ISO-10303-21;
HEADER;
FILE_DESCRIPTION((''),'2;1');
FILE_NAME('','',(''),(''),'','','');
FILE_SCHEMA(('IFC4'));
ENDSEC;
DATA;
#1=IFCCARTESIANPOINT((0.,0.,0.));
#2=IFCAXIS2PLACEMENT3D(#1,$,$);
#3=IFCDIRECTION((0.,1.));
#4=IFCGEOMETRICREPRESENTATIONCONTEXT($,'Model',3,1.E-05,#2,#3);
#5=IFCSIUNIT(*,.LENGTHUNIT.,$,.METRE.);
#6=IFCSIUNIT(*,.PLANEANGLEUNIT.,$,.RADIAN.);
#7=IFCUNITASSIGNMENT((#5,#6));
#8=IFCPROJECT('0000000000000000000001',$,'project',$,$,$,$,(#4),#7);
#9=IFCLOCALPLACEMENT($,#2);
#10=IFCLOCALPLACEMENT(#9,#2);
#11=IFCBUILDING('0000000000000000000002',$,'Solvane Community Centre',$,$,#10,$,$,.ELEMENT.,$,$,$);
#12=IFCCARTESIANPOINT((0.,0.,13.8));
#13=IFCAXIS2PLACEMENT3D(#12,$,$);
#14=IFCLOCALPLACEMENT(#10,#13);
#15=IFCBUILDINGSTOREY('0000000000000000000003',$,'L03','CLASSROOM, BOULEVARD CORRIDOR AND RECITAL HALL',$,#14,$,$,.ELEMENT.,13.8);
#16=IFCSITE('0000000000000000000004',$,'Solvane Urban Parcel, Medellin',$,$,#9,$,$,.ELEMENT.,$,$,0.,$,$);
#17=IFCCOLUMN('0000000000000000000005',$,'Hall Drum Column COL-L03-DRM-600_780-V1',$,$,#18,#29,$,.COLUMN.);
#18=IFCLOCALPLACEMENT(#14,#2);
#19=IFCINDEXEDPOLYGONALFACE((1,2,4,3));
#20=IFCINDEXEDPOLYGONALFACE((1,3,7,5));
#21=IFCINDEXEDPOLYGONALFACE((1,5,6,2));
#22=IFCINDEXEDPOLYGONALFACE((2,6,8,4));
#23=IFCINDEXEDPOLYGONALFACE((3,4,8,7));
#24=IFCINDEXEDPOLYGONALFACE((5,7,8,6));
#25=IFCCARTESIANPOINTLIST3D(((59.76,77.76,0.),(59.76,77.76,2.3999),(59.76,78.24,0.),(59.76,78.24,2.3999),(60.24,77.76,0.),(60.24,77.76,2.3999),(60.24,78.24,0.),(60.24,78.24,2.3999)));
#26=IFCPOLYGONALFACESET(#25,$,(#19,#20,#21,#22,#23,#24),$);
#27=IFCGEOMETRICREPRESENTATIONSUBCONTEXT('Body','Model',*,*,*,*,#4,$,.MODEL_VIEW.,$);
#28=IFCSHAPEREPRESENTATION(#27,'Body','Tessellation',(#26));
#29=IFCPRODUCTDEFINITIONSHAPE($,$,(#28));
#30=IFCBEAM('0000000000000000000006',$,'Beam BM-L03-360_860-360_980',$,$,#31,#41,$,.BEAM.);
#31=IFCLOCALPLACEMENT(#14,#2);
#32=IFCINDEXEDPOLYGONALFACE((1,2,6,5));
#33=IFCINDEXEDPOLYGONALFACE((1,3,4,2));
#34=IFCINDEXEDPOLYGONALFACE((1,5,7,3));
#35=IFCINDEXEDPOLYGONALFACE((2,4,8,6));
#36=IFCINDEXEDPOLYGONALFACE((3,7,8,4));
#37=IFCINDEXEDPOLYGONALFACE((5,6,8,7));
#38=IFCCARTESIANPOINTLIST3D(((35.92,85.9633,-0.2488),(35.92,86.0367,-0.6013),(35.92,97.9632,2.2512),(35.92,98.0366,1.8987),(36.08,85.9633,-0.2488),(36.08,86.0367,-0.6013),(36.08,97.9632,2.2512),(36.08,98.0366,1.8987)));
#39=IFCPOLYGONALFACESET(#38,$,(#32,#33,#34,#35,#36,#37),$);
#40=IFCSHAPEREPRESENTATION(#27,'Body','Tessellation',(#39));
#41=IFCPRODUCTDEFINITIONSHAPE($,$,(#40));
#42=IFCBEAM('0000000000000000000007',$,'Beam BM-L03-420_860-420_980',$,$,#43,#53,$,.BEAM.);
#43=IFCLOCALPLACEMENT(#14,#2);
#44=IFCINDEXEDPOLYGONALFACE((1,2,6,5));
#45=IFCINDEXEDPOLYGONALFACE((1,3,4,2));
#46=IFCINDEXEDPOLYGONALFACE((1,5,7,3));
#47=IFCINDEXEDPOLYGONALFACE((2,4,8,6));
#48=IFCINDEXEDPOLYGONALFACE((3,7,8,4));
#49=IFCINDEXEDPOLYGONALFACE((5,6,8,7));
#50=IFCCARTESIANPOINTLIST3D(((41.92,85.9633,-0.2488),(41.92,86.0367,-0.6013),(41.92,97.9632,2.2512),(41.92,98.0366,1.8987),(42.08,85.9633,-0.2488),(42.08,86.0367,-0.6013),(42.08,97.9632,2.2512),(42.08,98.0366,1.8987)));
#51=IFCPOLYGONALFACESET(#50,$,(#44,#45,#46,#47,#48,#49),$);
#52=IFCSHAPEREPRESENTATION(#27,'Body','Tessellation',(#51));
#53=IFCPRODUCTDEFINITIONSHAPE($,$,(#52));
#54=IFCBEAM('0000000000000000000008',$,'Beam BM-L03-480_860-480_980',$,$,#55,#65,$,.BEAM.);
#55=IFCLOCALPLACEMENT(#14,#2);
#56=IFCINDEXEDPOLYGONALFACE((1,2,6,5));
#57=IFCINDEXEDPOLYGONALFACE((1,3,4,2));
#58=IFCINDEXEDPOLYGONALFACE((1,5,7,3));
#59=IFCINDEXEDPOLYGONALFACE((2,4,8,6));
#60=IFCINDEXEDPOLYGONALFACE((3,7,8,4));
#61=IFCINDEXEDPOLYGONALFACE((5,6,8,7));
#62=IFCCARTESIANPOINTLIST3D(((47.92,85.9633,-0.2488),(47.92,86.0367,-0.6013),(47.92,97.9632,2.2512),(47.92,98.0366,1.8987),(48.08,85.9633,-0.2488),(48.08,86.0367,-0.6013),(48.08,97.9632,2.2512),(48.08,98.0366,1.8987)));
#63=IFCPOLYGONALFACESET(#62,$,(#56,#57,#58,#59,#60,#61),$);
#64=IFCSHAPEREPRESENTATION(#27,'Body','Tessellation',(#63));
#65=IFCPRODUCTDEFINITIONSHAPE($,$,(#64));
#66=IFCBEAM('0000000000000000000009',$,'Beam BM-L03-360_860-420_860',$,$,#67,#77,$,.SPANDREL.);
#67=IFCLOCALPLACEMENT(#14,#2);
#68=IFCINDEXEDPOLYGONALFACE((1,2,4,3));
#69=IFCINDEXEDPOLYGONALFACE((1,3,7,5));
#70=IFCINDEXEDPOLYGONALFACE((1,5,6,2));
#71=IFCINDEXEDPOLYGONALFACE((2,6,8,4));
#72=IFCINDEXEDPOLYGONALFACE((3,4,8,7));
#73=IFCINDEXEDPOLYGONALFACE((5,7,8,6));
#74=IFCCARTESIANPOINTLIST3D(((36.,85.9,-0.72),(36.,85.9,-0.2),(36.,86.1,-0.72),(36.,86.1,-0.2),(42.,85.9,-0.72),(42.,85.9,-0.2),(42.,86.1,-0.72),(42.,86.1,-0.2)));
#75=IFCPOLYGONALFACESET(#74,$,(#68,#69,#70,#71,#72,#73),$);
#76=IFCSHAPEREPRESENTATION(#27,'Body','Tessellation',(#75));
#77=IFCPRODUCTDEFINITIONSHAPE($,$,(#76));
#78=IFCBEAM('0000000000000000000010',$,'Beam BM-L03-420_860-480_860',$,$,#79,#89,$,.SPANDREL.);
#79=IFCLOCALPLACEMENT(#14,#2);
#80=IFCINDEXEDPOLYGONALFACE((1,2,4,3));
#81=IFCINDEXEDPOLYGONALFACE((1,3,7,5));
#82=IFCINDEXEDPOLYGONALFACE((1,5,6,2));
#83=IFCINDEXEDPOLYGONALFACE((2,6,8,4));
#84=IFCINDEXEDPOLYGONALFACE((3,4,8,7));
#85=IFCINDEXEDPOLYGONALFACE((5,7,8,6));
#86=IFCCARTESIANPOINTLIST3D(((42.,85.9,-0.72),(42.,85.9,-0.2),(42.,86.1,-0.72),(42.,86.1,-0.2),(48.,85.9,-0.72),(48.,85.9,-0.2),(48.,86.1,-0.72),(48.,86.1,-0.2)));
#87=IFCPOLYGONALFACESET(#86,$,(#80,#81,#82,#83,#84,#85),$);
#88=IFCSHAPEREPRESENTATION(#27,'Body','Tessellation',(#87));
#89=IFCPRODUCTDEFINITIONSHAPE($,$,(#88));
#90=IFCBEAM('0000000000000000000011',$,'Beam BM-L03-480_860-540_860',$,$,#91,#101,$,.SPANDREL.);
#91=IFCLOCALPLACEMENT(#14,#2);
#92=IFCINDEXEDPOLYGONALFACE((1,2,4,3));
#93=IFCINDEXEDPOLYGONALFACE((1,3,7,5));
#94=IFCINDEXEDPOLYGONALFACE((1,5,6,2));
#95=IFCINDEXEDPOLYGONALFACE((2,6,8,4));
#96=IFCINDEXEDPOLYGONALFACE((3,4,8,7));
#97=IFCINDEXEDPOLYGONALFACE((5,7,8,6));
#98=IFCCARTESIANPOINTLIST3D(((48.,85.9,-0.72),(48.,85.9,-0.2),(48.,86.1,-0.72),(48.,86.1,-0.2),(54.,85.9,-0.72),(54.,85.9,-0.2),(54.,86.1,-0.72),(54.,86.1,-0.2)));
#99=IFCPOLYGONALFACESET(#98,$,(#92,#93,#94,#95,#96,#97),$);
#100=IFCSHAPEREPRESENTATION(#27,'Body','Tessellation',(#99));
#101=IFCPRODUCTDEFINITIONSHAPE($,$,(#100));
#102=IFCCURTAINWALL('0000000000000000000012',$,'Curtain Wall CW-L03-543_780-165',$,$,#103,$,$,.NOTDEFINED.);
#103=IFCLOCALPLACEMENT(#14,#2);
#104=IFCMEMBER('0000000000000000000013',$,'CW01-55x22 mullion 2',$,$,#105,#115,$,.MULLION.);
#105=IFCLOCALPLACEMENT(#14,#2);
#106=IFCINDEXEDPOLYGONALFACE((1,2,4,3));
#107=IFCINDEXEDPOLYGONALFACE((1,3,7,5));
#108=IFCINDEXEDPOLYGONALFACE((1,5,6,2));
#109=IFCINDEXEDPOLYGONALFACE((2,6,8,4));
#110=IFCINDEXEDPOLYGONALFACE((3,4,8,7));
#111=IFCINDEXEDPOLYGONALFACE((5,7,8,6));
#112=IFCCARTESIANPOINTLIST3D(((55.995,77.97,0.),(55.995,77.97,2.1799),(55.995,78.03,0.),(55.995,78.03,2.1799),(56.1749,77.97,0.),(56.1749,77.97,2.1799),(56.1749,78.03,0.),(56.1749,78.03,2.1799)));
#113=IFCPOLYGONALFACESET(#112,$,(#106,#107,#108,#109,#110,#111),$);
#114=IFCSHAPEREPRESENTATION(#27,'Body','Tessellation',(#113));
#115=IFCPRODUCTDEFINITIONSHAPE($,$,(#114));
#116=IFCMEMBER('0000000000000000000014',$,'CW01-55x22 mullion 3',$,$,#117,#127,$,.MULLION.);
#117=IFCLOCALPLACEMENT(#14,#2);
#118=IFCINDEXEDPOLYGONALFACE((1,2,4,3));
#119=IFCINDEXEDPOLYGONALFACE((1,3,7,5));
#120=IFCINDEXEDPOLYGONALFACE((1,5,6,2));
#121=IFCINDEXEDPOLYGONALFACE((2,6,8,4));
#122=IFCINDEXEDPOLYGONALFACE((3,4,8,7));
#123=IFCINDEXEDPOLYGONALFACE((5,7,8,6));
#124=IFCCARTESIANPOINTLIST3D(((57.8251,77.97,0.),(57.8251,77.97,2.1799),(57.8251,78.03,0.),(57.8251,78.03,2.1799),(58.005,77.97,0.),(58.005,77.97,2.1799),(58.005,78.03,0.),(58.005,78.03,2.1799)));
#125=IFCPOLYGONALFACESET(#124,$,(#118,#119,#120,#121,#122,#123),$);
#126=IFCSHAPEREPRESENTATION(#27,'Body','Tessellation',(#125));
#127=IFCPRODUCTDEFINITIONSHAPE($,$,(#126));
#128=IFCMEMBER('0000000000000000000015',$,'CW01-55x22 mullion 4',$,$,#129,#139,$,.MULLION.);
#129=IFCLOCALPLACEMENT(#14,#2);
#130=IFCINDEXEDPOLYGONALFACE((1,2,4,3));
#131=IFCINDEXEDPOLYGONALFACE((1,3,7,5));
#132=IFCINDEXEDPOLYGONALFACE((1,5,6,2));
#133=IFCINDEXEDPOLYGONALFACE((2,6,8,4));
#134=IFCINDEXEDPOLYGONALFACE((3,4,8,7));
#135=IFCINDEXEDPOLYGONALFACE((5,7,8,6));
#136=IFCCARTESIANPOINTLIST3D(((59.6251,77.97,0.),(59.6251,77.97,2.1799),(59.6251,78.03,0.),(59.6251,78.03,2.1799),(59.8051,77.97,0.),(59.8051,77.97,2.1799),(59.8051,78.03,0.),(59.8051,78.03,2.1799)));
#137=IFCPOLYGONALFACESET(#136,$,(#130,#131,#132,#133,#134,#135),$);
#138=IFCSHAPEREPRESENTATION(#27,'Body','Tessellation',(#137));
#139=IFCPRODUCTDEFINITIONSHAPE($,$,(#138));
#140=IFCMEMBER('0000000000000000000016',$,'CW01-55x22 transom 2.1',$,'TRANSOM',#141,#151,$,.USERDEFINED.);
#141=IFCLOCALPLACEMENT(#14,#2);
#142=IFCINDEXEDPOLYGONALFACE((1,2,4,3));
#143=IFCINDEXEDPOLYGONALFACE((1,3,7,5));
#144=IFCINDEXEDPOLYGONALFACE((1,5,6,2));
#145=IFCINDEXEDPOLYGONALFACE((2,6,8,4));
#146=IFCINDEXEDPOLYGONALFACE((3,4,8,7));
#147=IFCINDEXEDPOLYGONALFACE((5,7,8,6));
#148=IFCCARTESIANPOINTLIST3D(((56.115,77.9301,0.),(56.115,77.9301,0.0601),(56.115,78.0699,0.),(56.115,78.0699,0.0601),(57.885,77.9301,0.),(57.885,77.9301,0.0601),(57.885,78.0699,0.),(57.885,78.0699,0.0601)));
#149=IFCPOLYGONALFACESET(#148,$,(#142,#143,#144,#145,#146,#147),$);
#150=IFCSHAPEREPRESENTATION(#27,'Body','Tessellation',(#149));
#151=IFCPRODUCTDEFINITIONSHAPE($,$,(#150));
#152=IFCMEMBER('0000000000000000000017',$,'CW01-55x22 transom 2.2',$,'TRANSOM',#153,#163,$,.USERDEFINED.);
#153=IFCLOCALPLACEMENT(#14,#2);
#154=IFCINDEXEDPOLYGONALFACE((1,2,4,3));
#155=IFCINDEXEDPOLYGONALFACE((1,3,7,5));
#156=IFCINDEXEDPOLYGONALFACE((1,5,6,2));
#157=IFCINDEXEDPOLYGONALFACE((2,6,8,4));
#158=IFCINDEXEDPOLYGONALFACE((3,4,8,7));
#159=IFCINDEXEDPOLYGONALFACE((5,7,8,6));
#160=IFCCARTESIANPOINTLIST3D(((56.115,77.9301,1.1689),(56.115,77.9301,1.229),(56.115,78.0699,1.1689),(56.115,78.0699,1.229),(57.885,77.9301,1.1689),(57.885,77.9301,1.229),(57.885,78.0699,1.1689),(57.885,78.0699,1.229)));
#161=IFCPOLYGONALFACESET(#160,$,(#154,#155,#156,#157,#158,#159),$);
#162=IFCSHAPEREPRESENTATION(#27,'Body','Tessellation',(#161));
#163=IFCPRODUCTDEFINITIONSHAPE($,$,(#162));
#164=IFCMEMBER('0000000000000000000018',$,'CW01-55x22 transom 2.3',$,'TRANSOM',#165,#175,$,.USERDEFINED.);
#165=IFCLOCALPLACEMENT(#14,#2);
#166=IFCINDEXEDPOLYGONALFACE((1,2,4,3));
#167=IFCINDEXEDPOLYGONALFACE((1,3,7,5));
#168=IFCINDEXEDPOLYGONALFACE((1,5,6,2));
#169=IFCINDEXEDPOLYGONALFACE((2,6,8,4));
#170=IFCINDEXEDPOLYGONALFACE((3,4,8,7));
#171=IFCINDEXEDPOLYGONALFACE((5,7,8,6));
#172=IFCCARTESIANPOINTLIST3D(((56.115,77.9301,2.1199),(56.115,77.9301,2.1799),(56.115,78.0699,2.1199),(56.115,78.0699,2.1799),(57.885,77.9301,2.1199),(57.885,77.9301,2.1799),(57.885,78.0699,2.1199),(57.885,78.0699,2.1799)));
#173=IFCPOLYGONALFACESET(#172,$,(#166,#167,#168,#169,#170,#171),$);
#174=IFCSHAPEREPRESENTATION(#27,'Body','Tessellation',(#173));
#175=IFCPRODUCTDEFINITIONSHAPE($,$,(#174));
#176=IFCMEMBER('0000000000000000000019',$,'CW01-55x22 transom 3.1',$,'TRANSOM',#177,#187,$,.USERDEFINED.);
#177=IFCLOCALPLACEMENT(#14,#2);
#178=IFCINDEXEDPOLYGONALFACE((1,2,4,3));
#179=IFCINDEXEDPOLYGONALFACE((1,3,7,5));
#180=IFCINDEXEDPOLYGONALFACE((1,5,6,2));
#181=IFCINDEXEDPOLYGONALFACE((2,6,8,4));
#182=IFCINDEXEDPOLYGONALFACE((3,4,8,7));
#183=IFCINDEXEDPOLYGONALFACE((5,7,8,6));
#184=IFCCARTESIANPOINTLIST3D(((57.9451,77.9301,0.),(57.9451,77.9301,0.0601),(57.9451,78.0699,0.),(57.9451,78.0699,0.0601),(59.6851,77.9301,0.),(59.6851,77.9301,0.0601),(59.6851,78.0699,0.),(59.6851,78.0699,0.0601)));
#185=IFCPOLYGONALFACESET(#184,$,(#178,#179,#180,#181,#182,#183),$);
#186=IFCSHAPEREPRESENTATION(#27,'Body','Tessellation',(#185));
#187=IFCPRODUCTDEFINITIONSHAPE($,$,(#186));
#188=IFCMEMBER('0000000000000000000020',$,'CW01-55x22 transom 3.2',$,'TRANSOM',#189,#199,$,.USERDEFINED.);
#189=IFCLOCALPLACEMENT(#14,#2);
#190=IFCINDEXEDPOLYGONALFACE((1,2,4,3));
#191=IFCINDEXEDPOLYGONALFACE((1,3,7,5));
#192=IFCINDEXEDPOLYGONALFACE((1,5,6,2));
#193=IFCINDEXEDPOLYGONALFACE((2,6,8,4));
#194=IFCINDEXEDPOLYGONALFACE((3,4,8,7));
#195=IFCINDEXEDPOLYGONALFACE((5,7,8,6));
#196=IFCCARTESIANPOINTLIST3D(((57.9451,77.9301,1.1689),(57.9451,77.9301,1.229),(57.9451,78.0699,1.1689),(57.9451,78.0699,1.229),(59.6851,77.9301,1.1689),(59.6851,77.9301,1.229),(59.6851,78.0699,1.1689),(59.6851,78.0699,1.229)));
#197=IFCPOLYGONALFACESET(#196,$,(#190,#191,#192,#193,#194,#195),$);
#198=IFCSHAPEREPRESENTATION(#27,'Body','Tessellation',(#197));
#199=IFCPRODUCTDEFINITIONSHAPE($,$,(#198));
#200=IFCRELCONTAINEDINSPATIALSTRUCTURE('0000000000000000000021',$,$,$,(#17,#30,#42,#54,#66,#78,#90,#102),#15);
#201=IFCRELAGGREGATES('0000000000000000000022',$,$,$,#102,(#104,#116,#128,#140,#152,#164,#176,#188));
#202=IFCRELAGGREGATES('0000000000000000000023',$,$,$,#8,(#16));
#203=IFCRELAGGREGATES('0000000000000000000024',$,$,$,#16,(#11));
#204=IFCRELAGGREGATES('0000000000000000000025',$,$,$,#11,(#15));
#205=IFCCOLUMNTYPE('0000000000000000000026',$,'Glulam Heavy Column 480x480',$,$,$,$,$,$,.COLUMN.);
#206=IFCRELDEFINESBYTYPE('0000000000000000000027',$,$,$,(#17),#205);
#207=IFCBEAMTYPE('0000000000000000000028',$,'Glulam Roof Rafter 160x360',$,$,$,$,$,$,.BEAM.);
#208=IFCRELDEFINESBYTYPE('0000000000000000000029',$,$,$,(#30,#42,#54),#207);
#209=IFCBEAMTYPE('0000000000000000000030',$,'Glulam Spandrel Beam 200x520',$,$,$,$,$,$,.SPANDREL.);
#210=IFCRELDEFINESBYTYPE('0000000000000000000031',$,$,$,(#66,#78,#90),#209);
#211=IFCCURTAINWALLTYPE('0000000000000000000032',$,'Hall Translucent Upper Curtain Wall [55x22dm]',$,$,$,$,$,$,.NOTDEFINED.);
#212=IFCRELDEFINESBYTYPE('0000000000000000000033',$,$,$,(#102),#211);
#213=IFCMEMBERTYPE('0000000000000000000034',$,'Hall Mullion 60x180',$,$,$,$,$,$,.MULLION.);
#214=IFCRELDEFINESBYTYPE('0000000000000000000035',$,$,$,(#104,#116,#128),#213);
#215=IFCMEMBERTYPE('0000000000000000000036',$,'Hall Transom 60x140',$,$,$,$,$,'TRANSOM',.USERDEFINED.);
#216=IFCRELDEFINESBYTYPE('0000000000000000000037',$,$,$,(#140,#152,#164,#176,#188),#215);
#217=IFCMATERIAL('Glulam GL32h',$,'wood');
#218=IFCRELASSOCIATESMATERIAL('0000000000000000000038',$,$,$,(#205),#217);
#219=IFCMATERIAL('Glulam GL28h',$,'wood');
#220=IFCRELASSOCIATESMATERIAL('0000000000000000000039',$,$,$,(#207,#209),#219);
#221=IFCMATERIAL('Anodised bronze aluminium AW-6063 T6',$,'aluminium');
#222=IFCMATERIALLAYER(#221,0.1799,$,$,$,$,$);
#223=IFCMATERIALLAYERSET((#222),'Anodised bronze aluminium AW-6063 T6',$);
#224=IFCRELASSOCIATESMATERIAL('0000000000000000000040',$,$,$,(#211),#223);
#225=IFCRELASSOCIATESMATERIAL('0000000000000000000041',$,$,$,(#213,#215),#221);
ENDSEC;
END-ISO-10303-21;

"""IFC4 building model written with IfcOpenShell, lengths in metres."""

from ifc_helpers import new_model, si_unit, direction, frame, origin, origin_2d, place, context, subcontext, project, spatial, rectangle, extrude, material, layer, layer_set, material_profile, profile_set, type_object, element, aggregate, save


model = new_model("IFC4")

# Units and contexts
model_context = context("Model", 3, precision=1e-05, world=origin(), true_north=direction((0.0, 1.0)))
body_context = subcontext(model_context, "Body", "Model", "MODEL_VIEW")
ifc_project = project(units=[si_unit("LENGTHUNIT", "METRE"), si_unit("PLANEANGLEUNIT", "RADIAN")], contexts=[model_context])

# Site, building, storey
site_placement = place(None, origin())
site = spatial("IfcSite", under=ifc_project, at=site_placement, Name="Solvane Urban Parcel, Medellin", CompositionType="ELEMENT", RefElevation=0.0)
building_placement = place(site_placement, origin())
building = spatial("IfcBuilding", under=site, at=building_placement, Name="Solvane Community Centre", CompositionType="ELEMENT")
storey_placement = place(building_placement, frame((0.0, 0.0, 13.8)))
storey = spatial("IfcBuildingStorey", under=building, at=storey_placement, Name="L03", Description="CLASSROOM, BOULEVARD CORRIDOR AND RECITAL HALL", CompositionType="ELEMENT", Elevation=13.8)

# Column
ifc_material_1 = material(Name="Glulam GL32h", Category="wood")
ifc_material_profile_1 = material_profile(ifc_material_1, rectangle(XDim=0.48, YDim=0.48, at=origin_2d()), Name="GL32h 480x480")
ifc_profile_set_1 = profile_set([ifc_material_profile_1], Name="Glulam GL32h")
column_type = type_object("IfcColumnType", Name="Glulam Heavy Column 480x480", PredefinedType="COLUMN", material=ifc_profile_set_1)
column_placement = place(storey_placement, frame((60.0, 78.0, 0.0), z_axis=(0.0, 0.0, 1.0), x_axis=(1.0, 0.0, 0.0)))
element("IfcColumn", 1, at=column_placement, inside=storey, type_object=column_type, Name="Hall Drum Column COL-L03-DRM-600_780-V1", PredefinedType="COLUMN", context=body_context, shape_type="SweptSolid", body=[
    extrude(rectangle(XDim=0.48, YDim=0.48, at=origin_2d()), origin(), (0.0, 0.0, 1.0), 2.3999),
])

# Beams
ifc_material_2 = material(Name="Glulam GL28h", Category="wood")
ifc_material_profile_2 = material_profile(ifc_material_2, rectangle(XDim=0.1599, YDim=0.3601, at=origin_2d()), Name="GL28h 160x360")
ifc_profile_set_2 = profile_set([ifc_material_profile_2], Name="Glulam GL28h")
beam_type_1 = type_object("IfcBeamType", Name="Glulam Roof Rafter 160x360", PredefinedType="BEAM", material=ifc_profile_set_2)
for number, where, z_axis, x_axis, name in (
    (2, (36.0, 86.0, -0.425), (0.0, 0.97898, 0.203954), (-1.0, 0.0, 0.0), "Beam BM-L03-360_860-360_980"),
    (3, (42.0, 86.0, -0.425), (0.0, 0.97898, 0.203954), (-1.0, 0.0, 0.0), "Beam BM-L03-420_860-420_980"),
    (4, (48.0, 86.0, -0.425), (0.0, 0.97898, 0.203954), (-1.0, 0.0, 0.0), "Beam BM-L03-480_860-480_980"),
):
    element("IfcBeam", number, at=place(storey_placement, frame(where, z_axis=z_axis, x_axis=x_axis)), inside=storey, type_object=beam_type_1, Name=name, PredefinedType="BEAM", context=body_context, shape_type="SweptSolid", body=[
        extrude(rectangle(XDim=0.1599, YDim=0.3601, at=origin_2d()), origin(), (0.0, 0.0, 1.0), 12.2576),
    ])
ifc_material_profile_3 = material_profile(ifc_material_2, rectangle(XDim=0.2, YDim=0.52, at=origin_2d()), Name="GL28h 200x520")
ifc_profile_set_3 = profile_set([ifc_material_profile_3], Name="Glulam GL28h")
beam_type_2 = type_object("IfcBeamType", Name="Glulam Spandrel Beam 200x520", PredefinedType="SPANDREL", material=ifc_profile_set_3)
for number, where, z_axis, x_axis, name in (
    (5, (36.0, 86.0, -0.46), (1.0, 0.0, 0.0), (0.0, 1.0, 0.0), "Beam BM-L03-360_860-420_860"),
    (6, (42.0, 86.0, -0.46), (1.0, 0.0, 0.0), (0.0, 1.0, 0.0), "Beam BM-L03-420_860-480_860"),
    (7, (48.0, 86.0, -0.46), (1.0, 0.0, 0.0), (0.0, 1.0, 0.0), "Beam BM-L03-480_860-540_860"),
):
    element("IfcBeam", number, at=place(storey_placement, frame(where, z_axis=z_axis, x_axis=x_axis)), inside=storey, type_object=beam_type_2, Name=name, PredefinedType="SPANDREL", context=body_context, shape_type="SweptSolid", body=[
        extrude(rectangle(XDim=0.2, YDim=0.52, at=origin_2d()), origin(), (0.0, 0.0, 1.0), 6.0),
    ])

# Curtain wall, members
ifc_material_3 = material(Name="Anodised bronze aluminium AW-6063 T6", Category="aluminium")
ifc_layer_1 = layer(ifc_material_3, 0.1799)
ifc_layer_set_1 = layer_set([ifc_layer_1], Name="Anodised bronze aluminium AW-6063 T6")
curtain_wall_type = type_object("IfcCurtainWallType", Name="Hall Translucent Upper Curtain Wall [55x22dm]", PredefinedType="NOTDEFINED", material=ifc_layer_set_1)
curtain_wall_placement = place(storey_placement, origin())
curtain_wall = element("IfcCurtainWall", 8, at=curtain_wall_placement, inside=storey, type_object=curtain_wall_type, Name="Curtain Wall CW-L03-543_780-165", PredefinedType="NOTDEFINED")
ifc_material_profile_4 = material_profile(ifc_material_3, rectangle(XDim=0.0601, YDim=0.1799, at=origin_2d()), Name="CW-M 60x180")
ifc_profile_set_4 = profile_set([ifc_material_profile_4], Name="Anodised bronze aluminium AW-6063 T6")
member_type_1 = type_object("IfcMemberType", Name="Hall Mullion 60x180", PredefinedType="MULLION", material=ifc_profile_set_4)
member_1_placement = place(storey_placement, frame((56.085, 78.0, 0.0), z_axis=(0.0, 0.0, 1.0), x_axis=(0.0, 1.0, 0.0)))
member_1 = element("IfcMember", 9, at=member_1_placement, type_object=member_type_1, Name="CW01-55x22 mullion 2", PredefinedType="MULLION", context=body_context, shape_type="SweptSolid", body=[
    extrude(rectangle(XDim=0.0601, YDim=0.1799, at=origin_2d()), origin(), (0.0, 0.0, 1.0), 2.1799),
])
member_2_placement = place(storey_placement, frame((57.915, 78.0, 0.0), z_axis=(0.0, 0.0, 1.0), x_axis=(0.0, 1.0, 0.0)))
member_2 = element("IfcMember", 10, at=member_2_placement, type_object=member_type_1, Name="CW01-55x22 mullion 3", PredefinedType="MULLION", context=body_context, shape_type="SweptSolid", body=[
    extrude(rectangle(XDim=0.0601, YDim=0.1799, at=origin_2d()), origin(), (0.0, 0.0, 1.0), 2.1799),
])
member_3_placement = place(storey_placement, frame((59.7151, 78.0, 0.0), z_axis=(0.0, 0.0, 1.0), x_axis=(0.0, 1.0, 0.0)))
member_3 = element("IfcMember", 11, at=member_3_placement, type_object=member_type_1, Name="CW01-55x22 mullion 4", PredefinedType="MULLION", context=body_context, shape_type="SweptSolid", body=[
    extrude(rectangle(XDim=0.0601, YDim=0.1799, at=origin_2d()), origin(), (0.0, 0.0, 1.0), 2.1799),
])
ifc_material_profile_5 = material_profile(ifc_material_3, rectangle(XDim=0.1399, YDim=0.0601, at=origin_2d()), Name="CW-T 60x140")
ifc_profile_set_5 = profile_set([ifc_material_profile_5], Name="Anodised bronze aluminium AW-6063 T6")
member_type_2 = type_object("IfcMemberType", Name="Hall Transom 60x140", ElementType="TRANSOM", PredefinedType="USERDEFINED", material=ifc_profile_set_5)
member_4_placement = place(storey_placement, frame((56.115, 78.0, 0.03), z_axis=(1.0, 0.0, 0.0), x_axis=(0.0, 1.0, 0.0)))
member_4 = element("IfcMember", 12, at=member_4_placement, type_object=member_type_2, Name="CW01-55x22 transom 2.1", ObjectType="TRANSOM", PredefinedType="USERDEFINED", context=body_context, shape_type="SweptSolid", body=[
    extrude(rectangle(XDim=0.1399, YDim=0.0601, at=origin_2d()), origin(), (0.0, 0.0, 1.0), 1.77),
])
member_5_placement = place(storey_placement, frame((56.115, 78.0, 1.199), z_axis=(1.0, 0.0, 0.0), x_axis=(0.0, 1.0, 0.0)))
member_5 = element("IfcMember", 13, at=member_5_placement, type_object=member_type_2, Name="CW01-55x22 transom 2.2", ObjectType="TRANSOM", PredefinedType="USERDEFINED", context=body_context, shape_type="SweptSolid", body=[
    extrude(rectangle(XDim=0.1399, YDim=0.0601, at=origin_2d()), origin(), (0.0, 0.0, 1.0), 1.77),
])
member_6_placement = place(storey_placement, frame((56.115, 78.0, 2.1499), z_axis=(1.0, 0.0, 0.0), x_axis=(0.0, 1.0, 0.0)))
member_6 = element("IfcMember", 14, at=member_6_placement, type_object=member_type_2, Name="CW01-55x22 transom 2.3", ObjectType="TRANSOM", PredefinedType="USERDEFINED", context=body_context, shape_type="SweptSolid", body=[
    extrude(rectangle(XDim=0.1399, YDim=0.0601, at=origin_2d()), origin(), (0.0, 0.0, 1.0), 1.77),
])
member_7_placement = place(storey_placement, frame((57.9451, 78.0, 0.03), z_axis=(1.0, 0.0, 0.0), x_axis=(0.0, 1.0, 0.0)))
member_7 = element("IfcMember", 15, at=member_7_placement, type_object=member_type_2, Name="CW01-55x22 transom 3.1", ObjectType="TRANSOM", PredefinedType="USERDEFINED", context=body_context, shape_type="SweptSolid", body=[
    extrude(rectangle(XDim=0.1399, YDim=0.0601, at=origin_2d()), origin(), (0.0, 0.0, 1.0), 1.74),
])
member_8_placement = place(storey_placement, frame((57.9451, 78.0, 1.199), z_axis=(1.0, 0.0, 0.0), x_axis=(0.0, 1.0, 0.0)))
member_8 = element("IfcMember", 16, at=member_8_placement, type_object=member_type_2, Name="CW01-55x22 transom 3.2", ObjectType="TRANSOM", PredefinedType="USERDEFINED", context=body_context, shape_type="SweptSolid", body=[
    extrude(rectangle(XDim=0.1399, YDim=0.0601, at=origin_2d()), origin(), (0.0, 0.0, 1.0), 1.74),
])

aggregate(curtain_wall, [member_1, member_2, member_3, member_4, member_5, member_6, member_7, member_8])

save(model, "model.ifc")
